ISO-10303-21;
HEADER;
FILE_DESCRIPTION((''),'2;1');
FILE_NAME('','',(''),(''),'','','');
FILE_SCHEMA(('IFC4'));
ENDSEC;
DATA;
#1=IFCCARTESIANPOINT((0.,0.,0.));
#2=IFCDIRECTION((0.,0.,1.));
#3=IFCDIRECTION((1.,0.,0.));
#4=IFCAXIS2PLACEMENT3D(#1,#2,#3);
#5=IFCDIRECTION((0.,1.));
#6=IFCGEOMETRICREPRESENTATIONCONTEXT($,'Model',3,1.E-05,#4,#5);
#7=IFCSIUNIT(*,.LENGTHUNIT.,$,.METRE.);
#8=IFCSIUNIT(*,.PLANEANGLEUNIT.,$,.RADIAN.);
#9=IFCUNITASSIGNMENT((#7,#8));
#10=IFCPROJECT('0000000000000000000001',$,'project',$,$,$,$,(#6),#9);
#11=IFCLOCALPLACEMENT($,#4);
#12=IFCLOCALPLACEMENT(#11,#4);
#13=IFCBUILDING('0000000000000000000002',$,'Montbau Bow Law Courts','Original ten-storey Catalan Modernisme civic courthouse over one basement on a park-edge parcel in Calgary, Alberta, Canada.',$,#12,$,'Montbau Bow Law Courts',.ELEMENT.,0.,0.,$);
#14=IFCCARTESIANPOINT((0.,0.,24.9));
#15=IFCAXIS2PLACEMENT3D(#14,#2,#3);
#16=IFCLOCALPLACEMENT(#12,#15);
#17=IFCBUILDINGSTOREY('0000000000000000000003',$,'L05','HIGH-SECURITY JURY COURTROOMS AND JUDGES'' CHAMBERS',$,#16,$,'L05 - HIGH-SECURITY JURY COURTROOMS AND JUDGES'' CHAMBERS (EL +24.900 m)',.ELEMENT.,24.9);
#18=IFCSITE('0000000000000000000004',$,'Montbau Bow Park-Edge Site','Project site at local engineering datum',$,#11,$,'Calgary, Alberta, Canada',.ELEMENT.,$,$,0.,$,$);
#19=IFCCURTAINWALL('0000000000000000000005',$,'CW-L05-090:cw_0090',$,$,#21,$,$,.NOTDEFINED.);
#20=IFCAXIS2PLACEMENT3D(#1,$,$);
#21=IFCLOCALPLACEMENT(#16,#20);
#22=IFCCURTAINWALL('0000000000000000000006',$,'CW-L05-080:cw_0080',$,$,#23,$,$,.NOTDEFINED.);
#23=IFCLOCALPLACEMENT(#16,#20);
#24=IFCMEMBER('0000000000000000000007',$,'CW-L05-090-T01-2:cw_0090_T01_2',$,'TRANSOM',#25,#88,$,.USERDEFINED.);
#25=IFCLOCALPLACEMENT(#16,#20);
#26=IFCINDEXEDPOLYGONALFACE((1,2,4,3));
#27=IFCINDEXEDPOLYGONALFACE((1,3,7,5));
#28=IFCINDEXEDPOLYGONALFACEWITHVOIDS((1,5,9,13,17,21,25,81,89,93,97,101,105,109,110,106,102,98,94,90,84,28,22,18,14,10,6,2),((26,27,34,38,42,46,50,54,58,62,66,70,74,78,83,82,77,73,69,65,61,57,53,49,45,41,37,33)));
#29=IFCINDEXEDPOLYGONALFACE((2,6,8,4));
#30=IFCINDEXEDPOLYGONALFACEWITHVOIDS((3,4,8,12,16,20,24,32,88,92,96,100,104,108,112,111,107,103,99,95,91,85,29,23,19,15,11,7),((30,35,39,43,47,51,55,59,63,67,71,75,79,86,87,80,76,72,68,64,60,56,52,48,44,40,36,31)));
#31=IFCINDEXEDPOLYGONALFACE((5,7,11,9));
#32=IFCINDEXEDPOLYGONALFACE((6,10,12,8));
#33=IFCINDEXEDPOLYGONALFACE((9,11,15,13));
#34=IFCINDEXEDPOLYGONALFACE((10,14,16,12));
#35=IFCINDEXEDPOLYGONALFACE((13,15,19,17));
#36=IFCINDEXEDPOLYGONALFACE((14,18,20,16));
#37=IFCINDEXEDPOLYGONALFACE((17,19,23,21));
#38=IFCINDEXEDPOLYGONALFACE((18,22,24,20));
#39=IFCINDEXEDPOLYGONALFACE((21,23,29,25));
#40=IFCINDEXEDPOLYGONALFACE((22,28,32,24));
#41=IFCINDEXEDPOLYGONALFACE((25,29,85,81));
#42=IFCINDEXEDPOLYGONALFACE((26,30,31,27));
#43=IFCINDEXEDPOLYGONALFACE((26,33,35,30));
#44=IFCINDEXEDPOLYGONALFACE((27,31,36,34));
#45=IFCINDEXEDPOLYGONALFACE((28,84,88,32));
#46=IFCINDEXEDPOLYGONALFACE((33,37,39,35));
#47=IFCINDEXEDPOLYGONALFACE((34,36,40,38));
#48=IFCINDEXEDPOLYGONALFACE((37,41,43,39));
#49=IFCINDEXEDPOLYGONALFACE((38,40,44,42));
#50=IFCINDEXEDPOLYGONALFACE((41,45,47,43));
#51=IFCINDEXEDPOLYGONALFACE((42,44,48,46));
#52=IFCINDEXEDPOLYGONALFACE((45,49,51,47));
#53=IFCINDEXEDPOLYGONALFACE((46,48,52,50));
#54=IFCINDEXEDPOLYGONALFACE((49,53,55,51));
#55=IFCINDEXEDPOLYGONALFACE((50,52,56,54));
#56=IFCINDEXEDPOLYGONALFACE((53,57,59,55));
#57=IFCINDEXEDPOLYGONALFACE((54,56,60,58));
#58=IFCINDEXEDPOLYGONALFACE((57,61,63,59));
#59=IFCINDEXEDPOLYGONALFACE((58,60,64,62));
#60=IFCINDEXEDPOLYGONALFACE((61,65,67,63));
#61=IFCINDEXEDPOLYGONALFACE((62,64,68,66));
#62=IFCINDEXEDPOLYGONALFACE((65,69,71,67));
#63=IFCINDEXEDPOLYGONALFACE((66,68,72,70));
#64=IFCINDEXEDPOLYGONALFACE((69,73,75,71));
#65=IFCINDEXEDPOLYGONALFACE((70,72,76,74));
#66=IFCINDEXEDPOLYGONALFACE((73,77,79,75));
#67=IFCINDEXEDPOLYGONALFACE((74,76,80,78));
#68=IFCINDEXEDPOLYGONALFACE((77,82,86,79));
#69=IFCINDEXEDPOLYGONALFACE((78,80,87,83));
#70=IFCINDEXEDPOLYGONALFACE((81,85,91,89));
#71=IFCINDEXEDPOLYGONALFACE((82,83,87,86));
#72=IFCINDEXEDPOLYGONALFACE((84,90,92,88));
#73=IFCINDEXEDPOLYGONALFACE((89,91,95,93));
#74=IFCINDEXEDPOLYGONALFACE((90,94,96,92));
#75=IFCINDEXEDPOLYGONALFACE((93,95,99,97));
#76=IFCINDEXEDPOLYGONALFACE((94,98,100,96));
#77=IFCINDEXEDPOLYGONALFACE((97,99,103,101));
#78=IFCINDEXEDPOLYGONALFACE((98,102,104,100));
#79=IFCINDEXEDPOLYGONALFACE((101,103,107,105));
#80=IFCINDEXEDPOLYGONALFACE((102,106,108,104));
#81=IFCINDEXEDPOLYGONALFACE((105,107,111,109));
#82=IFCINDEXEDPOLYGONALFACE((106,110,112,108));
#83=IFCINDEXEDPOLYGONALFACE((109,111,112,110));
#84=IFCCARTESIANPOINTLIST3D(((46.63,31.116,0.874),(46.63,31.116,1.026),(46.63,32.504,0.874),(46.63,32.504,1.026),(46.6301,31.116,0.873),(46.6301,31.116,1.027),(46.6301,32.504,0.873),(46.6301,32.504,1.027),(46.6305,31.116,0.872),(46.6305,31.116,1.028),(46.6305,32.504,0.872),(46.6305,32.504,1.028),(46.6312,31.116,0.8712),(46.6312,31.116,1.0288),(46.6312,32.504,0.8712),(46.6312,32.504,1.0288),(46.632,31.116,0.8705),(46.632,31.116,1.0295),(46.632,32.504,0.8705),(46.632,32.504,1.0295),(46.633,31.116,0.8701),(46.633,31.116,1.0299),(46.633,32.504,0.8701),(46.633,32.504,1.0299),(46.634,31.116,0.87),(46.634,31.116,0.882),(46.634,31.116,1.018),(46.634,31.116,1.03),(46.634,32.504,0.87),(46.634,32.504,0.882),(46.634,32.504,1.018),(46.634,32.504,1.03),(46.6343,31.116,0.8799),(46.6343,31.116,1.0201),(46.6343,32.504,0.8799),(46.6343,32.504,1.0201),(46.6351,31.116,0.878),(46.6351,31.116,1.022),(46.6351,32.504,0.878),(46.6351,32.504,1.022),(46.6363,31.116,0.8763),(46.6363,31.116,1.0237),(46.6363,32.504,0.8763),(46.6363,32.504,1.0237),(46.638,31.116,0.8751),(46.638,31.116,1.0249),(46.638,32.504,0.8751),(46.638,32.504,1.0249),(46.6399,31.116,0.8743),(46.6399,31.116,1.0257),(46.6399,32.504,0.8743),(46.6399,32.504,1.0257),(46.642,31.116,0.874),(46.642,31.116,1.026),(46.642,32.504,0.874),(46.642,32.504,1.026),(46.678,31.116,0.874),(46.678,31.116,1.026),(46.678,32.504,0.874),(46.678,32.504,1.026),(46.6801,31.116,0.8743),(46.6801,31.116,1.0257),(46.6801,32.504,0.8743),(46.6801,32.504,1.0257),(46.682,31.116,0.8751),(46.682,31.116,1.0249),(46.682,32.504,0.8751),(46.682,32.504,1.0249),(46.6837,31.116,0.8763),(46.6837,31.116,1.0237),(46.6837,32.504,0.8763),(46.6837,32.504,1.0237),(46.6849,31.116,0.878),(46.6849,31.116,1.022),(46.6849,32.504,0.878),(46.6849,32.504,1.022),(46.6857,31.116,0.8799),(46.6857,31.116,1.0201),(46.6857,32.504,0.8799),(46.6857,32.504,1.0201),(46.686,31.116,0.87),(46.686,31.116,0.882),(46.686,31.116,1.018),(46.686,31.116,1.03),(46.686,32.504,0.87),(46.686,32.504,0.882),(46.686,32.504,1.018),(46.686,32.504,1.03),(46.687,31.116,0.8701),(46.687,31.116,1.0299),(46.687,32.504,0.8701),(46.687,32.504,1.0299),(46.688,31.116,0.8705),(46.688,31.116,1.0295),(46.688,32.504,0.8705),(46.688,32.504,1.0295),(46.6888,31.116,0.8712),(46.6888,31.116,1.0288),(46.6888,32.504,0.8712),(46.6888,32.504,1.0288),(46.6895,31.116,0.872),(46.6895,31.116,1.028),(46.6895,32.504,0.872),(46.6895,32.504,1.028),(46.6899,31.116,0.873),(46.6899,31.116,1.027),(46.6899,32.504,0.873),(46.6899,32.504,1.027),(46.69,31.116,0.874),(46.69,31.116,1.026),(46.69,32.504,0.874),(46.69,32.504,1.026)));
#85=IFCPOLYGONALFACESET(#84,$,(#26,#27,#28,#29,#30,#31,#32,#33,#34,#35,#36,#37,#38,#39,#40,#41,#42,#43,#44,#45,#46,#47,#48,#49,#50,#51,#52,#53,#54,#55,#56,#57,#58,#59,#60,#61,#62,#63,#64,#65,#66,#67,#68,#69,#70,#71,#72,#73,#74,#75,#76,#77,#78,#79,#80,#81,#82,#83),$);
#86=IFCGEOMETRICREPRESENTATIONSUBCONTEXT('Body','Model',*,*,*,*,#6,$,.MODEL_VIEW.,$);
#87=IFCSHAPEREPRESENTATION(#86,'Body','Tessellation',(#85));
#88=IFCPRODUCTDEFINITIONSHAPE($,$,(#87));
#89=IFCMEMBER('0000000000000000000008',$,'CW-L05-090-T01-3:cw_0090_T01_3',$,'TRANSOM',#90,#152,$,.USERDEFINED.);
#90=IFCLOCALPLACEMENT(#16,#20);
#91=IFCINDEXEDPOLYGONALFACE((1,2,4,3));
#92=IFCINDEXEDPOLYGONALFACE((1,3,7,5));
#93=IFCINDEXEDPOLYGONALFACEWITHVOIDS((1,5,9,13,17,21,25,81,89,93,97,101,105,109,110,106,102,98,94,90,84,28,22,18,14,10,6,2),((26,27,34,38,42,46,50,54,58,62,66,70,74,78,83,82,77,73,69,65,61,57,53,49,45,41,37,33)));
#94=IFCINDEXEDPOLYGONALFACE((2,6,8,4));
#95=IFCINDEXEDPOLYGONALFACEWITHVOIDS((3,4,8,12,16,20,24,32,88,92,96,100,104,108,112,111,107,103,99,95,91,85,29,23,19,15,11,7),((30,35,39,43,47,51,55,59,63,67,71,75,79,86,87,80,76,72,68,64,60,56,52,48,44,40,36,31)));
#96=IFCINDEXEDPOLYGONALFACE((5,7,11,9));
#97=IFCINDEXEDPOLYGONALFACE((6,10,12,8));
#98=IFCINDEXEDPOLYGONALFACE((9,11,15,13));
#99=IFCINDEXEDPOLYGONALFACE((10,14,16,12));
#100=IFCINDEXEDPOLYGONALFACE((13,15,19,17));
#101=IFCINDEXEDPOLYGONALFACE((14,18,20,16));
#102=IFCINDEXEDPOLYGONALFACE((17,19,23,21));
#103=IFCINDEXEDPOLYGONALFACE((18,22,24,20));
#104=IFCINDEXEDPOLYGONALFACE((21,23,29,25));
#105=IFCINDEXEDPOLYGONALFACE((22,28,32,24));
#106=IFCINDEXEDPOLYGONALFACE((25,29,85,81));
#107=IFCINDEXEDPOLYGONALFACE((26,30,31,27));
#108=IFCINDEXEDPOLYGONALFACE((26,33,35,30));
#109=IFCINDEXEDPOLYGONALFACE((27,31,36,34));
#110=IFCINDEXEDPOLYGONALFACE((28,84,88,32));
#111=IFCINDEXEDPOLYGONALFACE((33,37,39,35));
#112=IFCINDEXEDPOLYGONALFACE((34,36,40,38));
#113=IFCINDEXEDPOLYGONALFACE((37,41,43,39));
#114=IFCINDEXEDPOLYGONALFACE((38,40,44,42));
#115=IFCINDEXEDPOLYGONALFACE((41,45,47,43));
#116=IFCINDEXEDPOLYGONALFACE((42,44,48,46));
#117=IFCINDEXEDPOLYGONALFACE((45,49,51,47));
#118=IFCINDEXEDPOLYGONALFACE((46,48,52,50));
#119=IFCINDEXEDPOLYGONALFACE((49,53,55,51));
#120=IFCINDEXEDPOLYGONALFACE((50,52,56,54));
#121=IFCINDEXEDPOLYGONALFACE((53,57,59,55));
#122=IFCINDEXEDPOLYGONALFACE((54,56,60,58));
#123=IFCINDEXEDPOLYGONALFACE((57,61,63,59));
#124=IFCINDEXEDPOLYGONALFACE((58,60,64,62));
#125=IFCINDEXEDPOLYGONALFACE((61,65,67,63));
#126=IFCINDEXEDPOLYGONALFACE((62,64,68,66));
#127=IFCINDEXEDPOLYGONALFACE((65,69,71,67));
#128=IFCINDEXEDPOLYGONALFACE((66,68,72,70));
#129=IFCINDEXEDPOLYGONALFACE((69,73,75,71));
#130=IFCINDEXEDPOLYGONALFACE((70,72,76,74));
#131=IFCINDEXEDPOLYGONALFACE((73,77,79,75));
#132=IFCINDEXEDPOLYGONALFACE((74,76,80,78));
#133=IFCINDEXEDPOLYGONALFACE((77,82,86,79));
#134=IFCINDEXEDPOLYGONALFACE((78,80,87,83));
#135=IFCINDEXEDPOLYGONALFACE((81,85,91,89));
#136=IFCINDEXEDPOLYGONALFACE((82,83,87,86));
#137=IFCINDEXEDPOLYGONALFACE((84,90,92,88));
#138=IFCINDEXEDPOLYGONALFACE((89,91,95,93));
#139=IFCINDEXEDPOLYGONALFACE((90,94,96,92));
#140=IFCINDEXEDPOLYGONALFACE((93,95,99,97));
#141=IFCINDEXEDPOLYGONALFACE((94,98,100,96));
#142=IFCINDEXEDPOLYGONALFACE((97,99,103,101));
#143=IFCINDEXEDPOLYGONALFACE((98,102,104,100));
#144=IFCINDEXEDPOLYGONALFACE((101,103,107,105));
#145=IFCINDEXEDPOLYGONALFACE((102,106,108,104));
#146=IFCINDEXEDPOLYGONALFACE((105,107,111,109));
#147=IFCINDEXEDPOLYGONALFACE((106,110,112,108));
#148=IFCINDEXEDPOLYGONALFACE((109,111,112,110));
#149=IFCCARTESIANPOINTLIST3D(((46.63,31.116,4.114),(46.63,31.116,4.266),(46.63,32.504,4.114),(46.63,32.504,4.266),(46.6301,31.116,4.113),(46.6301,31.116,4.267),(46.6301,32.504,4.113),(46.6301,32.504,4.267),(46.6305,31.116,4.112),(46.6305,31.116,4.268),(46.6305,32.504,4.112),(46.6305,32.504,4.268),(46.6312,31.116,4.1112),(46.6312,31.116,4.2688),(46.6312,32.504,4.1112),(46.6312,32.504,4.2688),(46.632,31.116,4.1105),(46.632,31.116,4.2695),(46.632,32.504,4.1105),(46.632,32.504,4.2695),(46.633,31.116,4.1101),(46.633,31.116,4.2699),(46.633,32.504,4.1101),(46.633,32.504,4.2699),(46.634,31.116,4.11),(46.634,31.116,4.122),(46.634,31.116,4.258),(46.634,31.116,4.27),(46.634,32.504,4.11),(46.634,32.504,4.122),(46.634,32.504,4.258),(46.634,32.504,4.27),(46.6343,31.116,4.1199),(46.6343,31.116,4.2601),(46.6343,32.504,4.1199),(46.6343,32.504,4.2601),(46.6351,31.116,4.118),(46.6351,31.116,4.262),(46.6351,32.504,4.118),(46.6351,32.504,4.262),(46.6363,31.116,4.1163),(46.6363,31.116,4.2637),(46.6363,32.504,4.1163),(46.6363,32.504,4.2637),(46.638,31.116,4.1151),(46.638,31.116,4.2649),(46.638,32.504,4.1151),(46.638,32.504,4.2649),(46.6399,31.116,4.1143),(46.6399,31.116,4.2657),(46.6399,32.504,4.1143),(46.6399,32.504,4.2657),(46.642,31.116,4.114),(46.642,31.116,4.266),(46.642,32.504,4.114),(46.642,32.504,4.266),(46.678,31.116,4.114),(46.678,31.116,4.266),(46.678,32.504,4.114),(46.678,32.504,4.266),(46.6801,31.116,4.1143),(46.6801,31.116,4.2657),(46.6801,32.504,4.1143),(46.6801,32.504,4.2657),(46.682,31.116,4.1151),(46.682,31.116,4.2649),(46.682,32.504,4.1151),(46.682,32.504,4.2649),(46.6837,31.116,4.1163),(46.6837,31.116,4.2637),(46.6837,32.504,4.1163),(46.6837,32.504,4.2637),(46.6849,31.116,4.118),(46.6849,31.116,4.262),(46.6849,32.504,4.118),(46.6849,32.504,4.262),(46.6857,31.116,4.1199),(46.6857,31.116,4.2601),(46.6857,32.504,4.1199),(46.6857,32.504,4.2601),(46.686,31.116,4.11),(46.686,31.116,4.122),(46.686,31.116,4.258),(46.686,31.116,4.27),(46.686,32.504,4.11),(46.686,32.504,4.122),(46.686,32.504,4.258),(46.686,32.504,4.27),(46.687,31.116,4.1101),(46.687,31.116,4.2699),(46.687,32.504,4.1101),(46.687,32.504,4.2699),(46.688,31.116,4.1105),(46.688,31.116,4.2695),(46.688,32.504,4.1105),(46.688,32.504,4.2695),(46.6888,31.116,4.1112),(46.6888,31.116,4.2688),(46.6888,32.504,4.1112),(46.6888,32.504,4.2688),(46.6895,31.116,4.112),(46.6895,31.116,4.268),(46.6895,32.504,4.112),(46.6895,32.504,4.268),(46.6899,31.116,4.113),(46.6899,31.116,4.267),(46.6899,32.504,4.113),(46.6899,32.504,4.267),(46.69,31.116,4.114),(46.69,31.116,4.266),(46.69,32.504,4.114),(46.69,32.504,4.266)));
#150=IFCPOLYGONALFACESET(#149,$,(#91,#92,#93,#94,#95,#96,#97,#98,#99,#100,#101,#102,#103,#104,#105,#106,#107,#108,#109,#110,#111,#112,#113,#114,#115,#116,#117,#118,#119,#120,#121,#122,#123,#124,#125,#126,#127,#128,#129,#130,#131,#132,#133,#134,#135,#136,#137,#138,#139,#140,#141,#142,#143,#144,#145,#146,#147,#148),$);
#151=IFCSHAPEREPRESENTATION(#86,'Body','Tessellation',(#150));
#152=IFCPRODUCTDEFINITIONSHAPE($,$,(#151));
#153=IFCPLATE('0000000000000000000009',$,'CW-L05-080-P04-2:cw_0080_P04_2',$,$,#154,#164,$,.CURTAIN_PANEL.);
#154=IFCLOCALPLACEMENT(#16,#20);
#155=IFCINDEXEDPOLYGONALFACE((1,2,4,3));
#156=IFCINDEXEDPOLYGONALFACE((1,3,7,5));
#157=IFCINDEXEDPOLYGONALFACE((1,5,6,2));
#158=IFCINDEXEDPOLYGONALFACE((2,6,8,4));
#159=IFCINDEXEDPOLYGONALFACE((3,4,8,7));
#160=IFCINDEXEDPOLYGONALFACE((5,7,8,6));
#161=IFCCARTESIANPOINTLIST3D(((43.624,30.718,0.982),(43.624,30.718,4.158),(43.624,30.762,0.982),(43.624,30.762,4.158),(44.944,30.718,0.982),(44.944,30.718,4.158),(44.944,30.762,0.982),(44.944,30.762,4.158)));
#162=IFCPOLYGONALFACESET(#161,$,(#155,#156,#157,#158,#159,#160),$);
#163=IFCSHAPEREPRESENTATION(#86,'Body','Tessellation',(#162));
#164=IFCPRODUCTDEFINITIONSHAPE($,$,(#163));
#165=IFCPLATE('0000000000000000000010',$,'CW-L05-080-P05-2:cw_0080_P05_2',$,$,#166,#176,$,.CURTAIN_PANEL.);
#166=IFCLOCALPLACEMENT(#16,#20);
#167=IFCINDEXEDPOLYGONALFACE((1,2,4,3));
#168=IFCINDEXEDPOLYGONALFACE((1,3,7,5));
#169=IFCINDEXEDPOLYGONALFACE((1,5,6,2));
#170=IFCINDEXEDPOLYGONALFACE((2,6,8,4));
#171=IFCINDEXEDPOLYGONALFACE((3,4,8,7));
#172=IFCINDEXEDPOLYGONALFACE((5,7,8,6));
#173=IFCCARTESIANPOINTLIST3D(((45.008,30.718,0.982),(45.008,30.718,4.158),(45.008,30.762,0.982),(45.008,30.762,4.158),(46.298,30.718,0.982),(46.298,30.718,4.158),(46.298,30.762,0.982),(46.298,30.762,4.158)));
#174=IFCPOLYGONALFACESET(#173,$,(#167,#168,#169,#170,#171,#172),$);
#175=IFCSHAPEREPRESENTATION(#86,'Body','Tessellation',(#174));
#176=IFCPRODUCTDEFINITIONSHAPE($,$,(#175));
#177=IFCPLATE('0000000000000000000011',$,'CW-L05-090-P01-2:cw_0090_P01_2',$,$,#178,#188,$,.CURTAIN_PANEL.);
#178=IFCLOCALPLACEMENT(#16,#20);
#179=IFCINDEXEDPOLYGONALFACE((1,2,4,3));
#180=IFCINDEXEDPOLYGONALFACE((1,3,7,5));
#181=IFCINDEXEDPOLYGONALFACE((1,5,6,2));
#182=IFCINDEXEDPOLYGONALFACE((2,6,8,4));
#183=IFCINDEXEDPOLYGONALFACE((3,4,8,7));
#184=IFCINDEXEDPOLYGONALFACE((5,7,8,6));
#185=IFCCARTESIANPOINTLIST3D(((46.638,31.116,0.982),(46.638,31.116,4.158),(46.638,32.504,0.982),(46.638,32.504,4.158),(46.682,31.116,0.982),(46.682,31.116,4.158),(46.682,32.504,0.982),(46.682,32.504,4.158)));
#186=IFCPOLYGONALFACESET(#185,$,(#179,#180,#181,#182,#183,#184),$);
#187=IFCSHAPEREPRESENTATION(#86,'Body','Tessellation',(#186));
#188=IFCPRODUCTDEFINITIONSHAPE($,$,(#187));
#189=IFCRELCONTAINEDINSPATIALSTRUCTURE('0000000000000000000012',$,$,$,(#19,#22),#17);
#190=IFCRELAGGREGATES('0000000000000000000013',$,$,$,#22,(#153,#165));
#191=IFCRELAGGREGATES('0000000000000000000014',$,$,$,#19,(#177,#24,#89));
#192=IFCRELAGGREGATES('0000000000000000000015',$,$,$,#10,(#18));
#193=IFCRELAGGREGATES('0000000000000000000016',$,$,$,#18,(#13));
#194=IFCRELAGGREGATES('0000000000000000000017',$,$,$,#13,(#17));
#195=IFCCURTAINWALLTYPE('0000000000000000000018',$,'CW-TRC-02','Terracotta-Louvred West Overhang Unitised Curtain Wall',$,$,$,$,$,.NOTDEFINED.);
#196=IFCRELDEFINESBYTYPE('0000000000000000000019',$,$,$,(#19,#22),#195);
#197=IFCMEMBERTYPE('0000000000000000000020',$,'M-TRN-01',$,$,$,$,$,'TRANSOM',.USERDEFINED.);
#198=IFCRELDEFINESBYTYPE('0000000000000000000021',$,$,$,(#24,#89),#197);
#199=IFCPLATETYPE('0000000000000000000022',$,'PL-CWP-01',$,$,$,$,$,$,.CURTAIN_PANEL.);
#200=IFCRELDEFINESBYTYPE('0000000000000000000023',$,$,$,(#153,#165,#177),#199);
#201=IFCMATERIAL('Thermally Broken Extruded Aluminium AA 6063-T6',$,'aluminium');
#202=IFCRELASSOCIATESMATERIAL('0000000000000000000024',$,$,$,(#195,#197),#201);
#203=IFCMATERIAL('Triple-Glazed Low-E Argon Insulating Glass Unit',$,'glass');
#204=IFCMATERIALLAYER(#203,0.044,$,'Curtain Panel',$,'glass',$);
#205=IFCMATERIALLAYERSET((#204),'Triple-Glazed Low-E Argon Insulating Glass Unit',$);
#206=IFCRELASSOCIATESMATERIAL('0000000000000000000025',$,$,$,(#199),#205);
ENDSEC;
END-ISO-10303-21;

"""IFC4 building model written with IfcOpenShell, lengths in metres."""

from ifc_helpers import new_model, si_unit, direction, frame, frame_2d, origin_with_axes, origin_2d_with_axis, place, context, subcontext, project, spatial, rectangle, hollow_rectangle, extrude, material, layer, layer_set, material_profile, profile_set, type_object, element, aggregate, save


model = new_model("IFC4")

# Units and contexts
model_context = context("Model", 3, precision=1e-05, world=origin_with_axes(), true_north=direction((0.0, 1.0)))
body_context = subcontext(model_context, "Body", "Model", "MODEL_VIEW")
ifc_project = project(units=[si_unit("LENGTHUNIT", "METRE"), si_unit("PLANEANGLEUNIT", "RADIAN")], contexts=[model_context])

# Site, building, storey
site_placement = place(None, origin_with_axes())
site = spatial("IfcSite", under=ifc_project, at=site_placement, Name="Montbau Bow Park-Edge Site", Description="Project site at local engineering datum", LongName="Calgary, Alberta, Canada", CompositionType="ELEMENT", RefElevation=0.0)
building_placement = place(site_placement, origin_with_axes())
building = spatial("IfcBuilding", under=site, at=building_placement, Name="Montbau Bow Law Courts", Description="Original ten-storey Catalan Modernisme civic courthouse over one basement on a park-edge parcel in Calgary, Alberta, Canada.", LongName="Montbau Bow Law Courts", CompositionType="ELEMENT", ElevationOfRefHeight=0.0, ElevationOfTerrain=0.0)
storey_placement = place(building_placement, frame((0.0, 0.0, 24.9), z_axis=(0.0, 0.0, 1.0), x_axis=(1.0, 0.0, 0.0)))
storey = spatial("IfcBuildingStorey", under=building, at=storey_placement, Name="L05", Description="HIGH-SECURITY JURY COURTROOMS AND JUDGES' CHAMBERS", LongName="L05 - HIGH-SECURITY JURY COURTROOMS AND JUDGES' CHAMBERS (EL +24.900 m)", CompositionType="ELEMENT", Elevation=24.9)

# Curtain walls
ifc_material_1 = material(Name="Thermally Broken Extruded Aluminium AA 6063-T6", Category="aluminium")
curtain_wall_type = type_object("IfcCurtainWallType", Name="CW-TRC-02", Description="Terracotta-Louvred West Overhang Unitised Curtain Wall", PredefinedType="NOTDEFINED", material=ifc_material_1)
curtain_wall_1_placement = place(None, frame((46.66, 31.04, 24.9), z_axis=(0.0, 0.0, 1.0), x_axis=(1.0, 0.0, 0.0)))
curtain_wall_1 = element("IfcCurtainWall", 1, at=curtain_wall_1_placement, inside=storey, type_object=curtain_wall_type, Name="CW-L05-090:cw_0090", PredefinedType="NOTDEFINED")
curtain_wall_2_placement = place(None, frame((39.44, 30.74, 24.9), z_axis=(0.0, 0.0, 1.0), x_axis=(1.0, 0.0, 0.0)))
curtain_wall_2 = element("IfcCurtainWall", 2, at=curtain_wall_2_placement, inside=storey, type_object=curtain_wall_type, Name="CW-L05-080:cw_0080", PredefinedType="NOTDEFINED")
ifc_material_profile_1 = material_profile(ifc_material_1, hollow_rectangle(XDim=0.06, YDim=0.16, WallThickness=0.004, InnerFilletRadius=0.008, OuterFilletRadius=0.004, at=origin_2d_with_axis()), Name="CWT-160X60", Category="Main", Priority=0)
ifc_profile_set_1 = profile_set([ifc_material_profile_1], Name="Thermally Broken Extruded Aluminium AA 6063-T6")
member_type_1 = type_object("IfcMemberType", Name="M-TRN-01", ElementType="TRANSOM", PredefinedType="USERDEFINED", material=ifc_profile_set_1)

# Members
member_1_placement = place(None, frame((46.66, 31.116, 25.85), z_axis=(0.0, 1.0, 0.0), x_axis=(-1.0, 0.0, 0.0)))
member_1 = element("IfcMember", 3, at=member_1_placement, type_object=member_type_1, Name="CW-L05-090-T01-2:cw_0090_T01_2", ObjectType="TRANSOM", PredefinedType="USERDEFINED", context=body_context, shape_type="SweptSolid", body=[
    extrude(hollow_rectangle(XDim=0.06, YDim=0.16, WallThickness=0.004, InnerFilletRadius=0.008, OuterFilletRadius=0.004, at=origin_2d_with_axis()), origin_with_axes(), (0.0, 0.0, 1.0), 1.388),
])
member_2_placement = place(None, frame((46.66, 31.116, 29.09), z_axis=(0.0, 1.0, 0.0), x_axis=(-1.0, 0.0, 0.0)))
member_2 = element("IfcMember", 4, at=member_2_placement, type_object=member_type_1, Name="CW-L05-090-T01-3:cw_0090_T01_3", ObjectType="TRANSOM", PredefinedType="USERDEFINED", context=body_context, shape_type="SweptSolid", body=[
    extrude(hollow_rectangle(XDim=0.06, YDim=0.16, WallThickness=0.004, InnerFilletRadius=0.008, OuterFilletRadius=0.004, at=origin_2d_with_axis()), origin_with_axes(), (0.0, 0.0, 1.0), 1.388),
])

# Plates
ifc_material_2 = material(Name="Triple-Glazed Low-E Argon Insulating Glass Unit", Category="glass")
ifc_layer_1 = layer(ifc_material_2, 0.044, Name="Curtain Panel", Category="glass")
ifc_layer_set_1 = layer_set([ifc_layer_1], Name="Triple-Glazed Low-E Argon Insulating Glass Unit")
plate_type_1 = type_object("IfcPlateType", Name="PL-CWP-01", PredefinedType="CURTAIN_PANEL", material=ifc_layer_set_1)
plate_1_placement = place(None, frame((43.624, 30.74, 25.882), z_axis=(0.0, -1.0, 0.0), x_axis=(1.0, 0.0, 0.0)))
plate_1 = element("IfcPlate", 5, at=plate_1_placement, type_object=plate_type_1, Name="CW-L05-080-P04-2:cw_0080_P04_2", PredefinedType="CURTAIN_PANEL", context=body_context, shape_type="SweptSolid", body=[
    extrude(rectangle(XDim=1.32, YDim=3.176, at=frame_2d((0.66, 1.588), x_axis=(1.0, 0.0))), frame((0.0, 0.0, -0.022), z_axis=(0.0, 0.0, 1.0), x_axis=(1.0, 0.0, 0.0)), (0.0, 0.0, 1.0), 0.044),
])
plate_2_placement = place(None, frame((45.008, 30.74, 25.882), z_axis=(0.0, -1.0, 0.0), x_axis=(1.0, 0.0, 0.0)))
plate_2 = element("IfcPlate", 6, at=plate_2_placement, type_object=plate_type_1, Name="CW-L05-080-P05-2:cw_0080_P05_2", PredefinedType="CURTAIN_PANEL", context=body_context, shape_type="SweptSolid", body=[
    extrude(rectangle(XDim=1.29, YDim=3.176, at=frame_2d((0.645, 1.588), x_axis=(1.0, 0.0))), frame((0.0, 0.0, -0.022), z_axis=(0.0, 0.0, 1.0), x_axis=(1.0, 0.0, 0.0)), (0.0, 0.0, 1.0), 0.044),
])
plate_3_placement = place(None, frame((46.66, 31.116, 25.882), z_axis=(1.0, 0.0, 0.0), x_axis=(0.0, 1.0, 0.0)))
plate_3 = element("IfcPlate", 7, at=plate_3_placement, type_object=plate_type_1, Name="CW-L05-090-P01-2:cw_0090_P01_2", PredefinedType="CURTAIN_PANEL", context=body_context, shape_type="SweptSolid", body=[
    extrude(rectangle(XDim=1.388, YDim=3.176, at=frame_2d((0.694, 1.588), x_axis=(1.0, 0.0))), frame((0.0, 0.0, -0.022), z_axis=(0.0, 0.0, 1.0), x_axis=(1.0, 0.0, 0.0)), (0.0, 0.0, 1.0), 0.044),
])
aggregate(curtain_wall_2, [plate_1, plate_2])
aggregate(curtain_wall_1, [plate_3, member_1, member_2])

save(model, "model.ifc")
